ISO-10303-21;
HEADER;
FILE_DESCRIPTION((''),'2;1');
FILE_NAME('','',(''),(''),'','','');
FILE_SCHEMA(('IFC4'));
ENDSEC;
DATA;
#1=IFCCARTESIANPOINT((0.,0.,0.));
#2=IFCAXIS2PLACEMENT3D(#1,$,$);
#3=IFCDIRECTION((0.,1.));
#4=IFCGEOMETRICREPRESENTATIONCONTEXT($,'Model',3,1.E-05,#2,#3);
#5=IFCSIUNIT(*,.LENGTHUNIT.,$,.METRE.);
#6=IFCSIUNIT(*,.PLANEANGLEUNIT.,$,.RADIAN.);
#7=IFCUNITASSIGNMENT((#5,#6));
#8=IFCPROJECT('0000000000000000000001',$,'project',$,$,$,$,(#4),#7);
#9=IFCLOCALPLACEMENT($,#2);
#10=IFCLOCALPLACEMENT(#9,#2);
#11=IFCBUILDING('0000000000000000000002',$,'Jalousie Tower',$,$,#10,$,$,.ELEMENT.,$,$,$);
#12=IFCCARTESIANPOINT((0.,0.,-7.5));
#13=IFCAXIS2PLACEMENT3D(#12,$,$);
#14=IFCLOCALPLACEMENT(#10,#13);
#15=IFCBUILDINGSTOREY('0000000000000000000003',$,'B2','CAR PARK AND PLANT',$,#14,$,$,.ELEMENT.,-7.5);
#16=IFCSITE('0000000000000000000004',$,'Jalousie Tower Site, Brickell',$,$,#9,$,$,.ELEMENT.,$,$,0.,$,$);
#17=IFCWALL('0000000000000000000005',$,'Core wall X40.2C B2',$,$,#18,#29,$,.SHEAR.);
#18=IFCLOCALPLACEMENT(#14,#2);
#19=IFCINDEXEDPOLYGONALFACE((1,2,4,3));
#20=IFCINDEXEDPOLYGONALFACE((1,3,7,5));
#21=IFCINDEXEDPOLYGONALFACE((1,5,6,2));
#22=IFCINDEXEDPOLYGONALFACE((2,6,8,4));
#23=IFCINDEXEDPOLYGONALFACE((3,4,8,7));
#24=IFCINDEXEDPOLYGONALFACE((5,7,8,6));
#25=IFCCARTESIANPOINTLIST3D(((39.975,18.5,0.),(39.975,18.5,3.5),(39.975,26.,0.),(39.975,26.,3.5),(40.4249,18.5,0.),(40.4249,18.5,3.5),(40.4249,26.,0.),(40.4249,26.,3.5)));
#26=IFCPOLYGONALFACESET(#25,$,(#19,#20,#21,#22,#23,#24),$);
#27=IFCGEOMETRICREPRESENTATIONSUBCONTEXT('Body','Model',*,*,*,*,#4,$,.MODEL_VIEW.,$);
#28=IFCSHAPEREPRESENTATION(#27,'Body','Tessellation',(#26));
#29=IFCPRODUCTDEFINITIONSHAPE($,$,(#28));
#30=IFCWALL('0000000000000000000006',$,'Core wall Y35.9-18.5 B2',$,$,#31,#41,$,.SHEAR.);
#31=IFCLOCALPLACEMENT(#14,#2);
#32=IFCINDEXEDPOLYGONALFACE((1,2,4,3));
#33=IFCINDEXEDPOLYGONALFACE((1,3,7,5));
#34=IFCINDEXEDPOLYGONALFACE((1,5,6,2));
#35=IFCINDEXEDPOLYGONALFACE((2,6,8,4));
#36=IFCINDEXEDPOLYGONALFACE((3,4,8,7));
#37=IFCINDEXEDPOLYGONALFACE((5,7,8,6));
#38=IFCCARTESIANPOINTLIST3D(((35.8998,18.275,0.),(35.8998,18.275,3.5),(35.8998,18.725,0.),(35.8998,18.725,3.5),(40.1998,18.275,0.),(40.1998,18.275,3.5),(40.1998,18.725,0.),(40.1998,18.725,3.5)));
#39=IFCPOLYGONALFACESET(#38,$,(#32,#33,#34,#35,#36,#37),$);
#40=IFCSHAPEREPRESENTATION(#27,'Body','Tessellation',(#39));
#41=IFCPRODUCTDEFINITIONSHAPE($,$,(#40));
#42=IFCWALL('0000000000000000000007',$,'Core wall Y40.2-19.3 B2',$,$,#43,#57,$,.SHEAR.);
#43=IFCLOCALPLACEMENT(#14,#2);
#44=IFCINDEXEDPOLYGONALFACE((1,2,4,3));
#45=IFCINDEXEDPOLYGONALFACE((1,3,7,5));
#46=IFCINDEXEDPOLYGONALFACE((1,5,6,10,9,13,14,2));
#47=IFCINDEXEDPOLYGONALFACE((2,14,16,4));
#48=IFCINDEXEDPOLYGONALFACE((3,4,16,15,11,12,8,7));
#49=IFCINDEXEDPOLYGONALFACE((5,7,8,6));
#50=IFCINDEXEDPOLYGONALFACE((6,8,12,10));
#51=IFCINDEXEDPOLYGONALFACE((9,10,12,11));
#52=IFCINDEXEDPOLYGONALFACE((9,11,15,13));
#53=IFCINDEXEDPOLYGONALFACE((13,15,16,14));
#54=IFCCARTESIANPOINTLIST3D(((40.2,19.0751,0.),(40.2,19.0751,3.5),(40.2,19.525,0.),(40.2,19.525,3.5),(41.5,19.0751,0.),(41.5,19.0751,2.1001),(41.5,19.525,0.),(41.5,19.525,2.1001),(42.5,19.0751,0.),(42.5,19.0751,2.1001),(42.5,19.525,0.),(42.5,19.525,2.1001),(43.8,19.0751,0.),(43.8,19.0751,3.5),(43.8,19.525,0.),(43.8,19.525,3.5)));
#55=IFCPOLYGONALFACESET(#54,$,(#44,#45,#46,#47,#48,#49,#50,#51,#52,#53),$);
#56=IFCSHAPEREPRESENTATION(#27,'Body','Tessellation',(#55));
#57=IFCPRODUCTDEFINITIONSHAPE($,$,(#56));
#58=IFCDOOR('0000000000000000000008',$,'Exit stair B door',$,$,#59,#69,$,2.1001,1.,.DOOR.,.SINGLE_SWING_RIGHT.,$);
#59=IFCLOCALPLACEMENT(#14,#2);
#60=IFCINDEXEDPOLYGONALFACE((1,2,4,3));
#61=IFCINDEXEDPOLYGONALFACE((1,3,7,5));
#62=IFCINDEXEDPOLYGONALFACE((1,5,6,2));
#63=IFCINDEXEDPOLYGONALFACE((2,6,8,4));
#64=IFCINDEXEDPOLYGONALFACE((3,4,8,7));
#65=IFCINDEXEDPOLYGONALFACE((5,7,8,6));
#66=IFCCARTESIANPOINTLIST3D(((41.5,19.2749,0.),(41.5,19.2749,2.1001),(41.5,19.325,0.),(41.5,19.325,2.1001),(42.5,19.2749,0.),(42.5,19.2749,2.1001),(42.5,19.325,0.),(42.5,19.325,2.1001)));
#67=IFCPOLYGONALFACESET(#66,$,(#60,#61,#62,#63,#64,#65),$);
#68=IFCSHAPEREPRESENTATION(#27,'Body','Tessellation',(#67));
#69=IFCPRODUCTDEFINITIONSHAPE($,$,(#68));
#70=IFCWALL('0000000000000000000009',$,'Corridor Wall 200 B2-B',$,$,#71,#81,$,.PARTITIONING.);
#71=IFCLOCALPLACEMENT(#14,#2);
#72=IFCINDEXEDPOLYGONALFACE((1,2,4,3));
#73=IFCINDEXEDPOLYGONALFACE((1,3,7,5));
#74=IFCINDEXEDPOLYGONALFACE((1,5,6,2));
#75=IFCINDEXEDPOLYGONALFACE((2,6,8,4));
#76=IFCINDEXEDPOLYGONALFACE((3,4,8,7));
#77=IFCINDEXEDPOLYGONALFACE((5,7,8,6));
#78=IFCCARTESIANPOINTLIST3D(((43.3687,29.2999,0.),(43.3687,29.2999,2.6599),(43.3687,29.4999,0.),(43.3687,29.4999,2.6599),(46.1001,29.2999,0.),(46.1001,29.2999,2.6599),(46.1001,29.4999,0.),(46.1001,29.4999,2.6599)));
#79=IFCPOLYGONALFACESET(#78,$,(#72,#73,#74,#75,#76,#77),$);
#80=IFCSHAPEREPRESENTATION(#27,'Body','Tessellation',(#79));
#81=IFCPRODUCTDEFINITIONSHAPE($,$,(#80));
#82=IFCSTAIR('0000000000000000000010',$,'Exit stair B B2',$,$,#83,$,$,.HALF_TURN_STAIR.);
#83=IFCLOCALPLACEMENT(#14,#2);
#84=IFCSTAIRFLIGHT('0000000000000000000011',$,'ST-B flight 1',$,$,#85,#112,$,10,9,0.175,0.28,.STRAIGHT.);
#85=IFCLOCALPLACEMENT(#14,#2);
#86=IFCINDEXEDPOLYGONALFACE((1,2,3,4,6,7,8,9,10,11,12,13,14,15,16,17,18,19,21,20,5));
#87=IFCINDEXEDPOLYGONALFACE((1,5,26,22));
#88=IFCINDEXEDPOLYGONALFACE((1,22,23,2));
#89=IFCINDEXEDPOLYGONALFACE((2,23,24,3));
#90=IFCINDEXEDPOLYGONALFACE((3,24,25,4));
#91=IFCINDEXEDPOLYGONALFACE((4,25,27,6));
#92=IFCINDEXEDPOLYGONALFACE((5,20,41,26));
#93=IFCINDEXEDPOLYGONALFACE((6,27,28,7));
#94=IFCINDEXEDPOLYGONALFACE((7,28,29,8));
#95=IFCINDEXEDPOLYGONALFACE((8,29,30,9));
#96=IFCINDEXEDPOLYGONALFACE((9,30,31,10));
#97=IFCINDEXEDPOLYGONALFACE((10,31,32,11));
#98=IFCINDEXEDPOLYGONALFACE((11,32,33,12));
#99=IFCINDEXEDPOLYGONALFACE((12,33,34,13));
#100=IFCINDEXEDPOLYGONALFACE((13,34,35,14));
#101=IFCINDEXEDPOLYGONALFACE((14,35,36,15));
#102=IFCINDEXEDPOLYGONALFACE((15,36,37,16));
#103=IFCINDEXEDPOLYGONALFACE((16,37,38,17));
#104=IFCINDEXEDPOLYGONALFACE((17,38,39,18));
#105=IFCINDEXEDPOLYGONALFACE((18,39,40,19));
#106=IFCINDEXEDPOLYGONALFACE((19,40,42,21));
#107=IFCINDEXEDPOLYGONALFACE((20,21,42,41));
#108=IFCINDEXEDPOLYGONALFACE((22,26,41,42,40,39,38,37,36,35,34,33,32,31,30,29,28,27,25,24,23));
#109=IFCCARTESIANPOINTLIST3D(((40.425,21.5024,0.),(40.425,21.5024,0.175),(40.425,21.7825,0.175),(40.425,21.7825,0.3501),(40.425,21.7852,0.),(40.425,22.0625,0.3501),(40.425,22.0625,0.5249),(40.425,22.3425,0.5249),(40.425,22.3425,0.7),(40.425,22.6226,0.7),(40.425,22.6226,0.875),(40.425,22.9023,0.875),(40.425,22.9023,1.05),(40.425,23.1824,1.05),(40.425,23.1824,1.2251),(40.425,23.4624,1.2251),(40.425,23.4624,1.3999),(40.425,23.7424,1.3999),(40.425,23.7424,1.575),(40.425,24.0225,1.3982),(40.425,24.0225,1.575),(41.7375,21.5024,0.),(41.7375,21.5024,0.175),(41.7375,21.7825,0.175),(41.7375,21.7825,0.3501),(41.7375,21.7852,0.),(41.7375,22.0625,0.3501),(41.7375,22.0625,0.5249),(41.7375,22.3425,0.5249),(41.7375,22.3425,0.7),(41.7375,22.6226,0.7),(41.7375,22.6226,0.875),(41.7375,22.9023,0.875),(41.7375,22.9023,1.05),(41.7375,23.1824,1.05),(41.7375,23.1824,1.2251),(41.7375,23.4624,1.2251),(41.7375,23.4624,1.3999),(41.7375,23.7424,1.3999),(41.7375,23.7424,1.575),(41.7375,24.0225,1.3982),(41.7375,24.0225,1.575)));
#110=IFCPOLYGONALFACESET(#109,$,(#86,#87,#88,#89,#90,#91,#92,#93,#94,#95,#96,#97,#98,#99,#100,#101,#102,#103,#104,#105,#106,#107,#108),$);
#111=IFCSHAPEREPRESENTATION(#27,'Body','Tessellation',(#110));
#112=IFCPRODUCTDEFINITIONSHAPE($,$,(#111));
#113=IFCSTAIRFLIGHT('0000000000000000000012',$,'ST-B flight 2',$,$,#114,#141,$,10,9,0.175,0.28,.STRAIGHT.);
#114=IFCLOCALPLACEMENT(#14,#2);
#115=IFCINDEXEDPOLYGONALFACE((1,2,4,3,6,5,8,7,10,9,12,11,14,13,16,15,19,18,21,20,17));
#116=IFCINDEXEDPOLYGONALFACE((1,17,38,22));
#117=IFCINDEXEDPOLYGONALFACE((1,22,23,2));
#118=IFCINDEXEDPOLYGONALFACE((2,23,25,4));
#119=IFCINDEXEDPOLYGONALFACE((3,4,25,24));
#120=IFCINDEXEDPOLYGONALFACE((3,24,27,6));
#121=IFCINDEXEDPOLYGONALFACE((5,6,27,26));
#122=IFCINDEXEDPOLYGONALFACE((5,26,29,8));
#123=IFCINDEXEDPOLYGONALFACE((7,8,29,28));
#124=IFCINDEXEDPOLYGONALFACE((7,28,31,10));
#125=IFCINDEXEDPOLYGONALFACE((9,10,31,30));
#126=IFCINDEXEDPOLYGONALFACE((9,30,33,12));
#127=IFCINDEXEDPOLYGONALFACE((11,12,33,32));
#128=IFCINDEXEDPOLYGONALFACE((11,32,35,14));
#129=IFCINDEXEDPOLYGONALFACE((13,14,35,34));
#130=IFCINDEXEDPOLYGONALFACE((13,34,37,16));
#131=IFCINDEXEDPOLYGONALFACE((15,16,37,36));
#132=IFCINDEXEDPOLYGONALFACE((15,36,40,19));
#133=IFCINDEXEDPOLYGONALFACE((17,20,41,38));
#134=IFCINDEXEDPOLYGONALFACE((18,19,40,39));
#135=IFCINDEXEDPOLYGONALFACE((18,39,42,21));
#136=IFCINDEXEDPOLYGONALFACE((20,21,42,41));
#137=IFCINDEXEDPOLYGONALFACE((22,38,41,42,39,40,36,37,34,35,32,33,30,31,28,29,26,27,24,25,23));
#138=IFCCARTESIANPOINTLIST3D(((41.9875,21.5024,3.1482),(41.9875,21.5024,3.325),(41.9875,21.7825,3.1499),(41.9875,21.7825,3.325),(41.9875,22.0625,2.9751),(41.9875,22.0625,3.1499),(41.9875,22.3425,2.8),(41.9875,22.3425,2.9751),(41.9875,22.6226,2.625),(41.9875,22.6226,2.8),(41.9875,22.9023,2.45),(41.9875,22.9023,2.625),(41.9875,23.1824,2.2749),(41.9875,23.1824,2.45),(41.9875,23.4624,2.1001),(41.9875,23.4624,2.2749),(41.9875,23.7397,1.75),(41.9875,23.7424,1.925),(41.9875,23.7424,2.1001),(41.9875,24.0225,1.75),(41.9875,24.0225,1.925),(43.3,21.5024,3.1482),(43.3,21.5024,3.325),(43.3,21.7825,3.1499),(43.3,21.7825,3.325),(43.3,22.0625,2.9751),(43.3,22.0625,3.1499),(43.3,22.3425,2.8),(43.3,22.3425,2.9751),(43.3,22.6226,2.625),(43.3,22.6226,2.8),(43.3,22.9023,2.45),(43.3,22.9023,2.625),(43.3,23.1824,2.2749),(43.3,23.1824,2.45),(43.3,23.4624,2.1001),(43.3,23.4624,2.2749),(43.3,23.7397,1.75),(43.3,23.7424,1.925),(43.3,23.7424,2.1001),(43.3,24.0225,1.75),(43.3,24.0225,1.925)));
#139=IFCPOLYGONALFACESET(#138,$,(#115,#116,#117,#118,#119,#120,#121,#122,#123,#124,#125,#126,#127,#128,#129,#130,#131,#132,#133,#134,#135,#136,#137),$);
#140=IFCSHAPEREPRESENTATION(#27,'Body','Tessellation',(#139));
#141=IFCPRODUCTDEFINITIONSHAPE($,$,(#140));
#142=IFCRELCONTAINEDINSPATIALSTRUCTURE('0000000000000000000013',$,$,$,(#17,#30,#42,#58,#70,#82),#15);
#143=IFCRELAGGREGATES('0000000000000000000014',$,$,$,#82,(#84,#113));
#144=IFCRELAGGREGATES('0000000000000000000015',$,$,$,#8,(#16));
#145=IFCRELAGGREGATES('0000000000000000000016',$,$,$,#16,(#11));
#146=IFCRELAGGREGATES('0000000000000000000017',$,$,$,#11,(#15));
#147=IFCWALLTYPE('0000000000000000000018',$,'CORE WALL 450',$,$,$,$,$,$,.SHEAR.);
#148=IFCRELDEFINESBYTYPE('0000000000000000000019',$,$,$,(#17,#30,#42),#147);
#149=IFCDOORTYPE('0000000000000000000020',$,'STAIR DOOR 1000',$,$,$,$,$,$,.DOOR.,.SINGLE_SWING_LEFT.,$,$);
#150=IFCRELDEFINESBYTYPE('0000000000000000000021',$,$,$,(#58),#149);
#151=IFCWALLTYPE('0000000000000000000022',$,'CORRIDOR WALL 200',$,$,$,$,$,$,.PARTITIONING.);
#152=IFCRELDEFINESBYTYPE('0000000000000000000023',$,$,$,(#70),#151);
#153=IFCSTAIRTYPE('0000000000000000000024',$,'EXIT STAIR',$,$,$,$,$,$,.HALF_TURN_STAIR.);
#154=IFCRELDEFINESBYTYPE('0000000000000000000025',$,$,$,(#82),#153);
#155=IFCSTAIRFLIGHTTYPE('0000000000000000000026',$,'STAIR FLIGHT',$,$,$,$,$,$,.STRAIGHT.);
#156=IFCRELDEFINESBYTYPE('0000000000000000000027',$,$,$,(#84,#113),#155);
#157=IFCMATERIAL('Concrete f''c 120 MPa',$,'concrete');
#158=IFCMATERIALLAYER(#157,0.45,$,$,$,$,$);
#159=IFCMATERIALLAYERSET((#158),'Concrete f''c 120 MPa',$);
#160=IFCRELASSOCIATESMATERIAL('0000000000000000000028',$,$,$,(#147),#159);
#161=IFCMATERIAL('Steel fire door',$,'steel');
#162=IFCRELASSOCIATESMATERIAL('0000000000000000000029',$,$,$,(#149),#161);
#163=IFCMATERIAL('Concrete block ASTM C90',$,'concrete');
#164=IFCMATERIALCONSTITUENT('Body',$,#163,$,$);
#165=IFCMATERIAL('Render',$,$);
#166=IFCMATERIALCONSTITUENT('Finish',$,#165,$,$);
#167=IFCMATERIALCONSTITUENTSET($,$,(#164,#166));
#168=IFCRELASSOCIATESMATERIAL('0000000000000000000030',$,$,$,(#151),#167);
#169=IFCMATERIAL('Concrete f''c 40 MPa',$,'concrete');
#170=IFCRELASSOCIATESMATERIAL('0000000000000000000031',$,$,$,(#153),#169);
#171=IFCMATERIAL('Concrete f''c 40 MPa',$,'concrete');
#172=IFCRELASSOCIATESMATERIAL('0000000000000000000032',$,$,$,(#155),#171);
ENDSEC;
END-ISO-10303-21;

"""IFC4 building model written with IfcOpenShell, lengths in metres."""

from ifc_helpers import new_model, si_unit, direction, frame, frame_2d, origin, place, context, subcontext, project, spatial, polyline, rectangle, outline, extrude, material, layer, layer_set, constituent, constituent_set, type_object, element, fill, aggregate, save


model = new_model("IFC4")

# Units and contexts
model_context = context("Model", 3, precision=1e-05, world=origin(), true_north=direction((0.0, 1.0)))
body_context = subcontext(model_context, "Body", "Model", "MODEL_VIEW")
ifc_project = project(units=[si_unit("LENGTHUNIT", "METRE"), si_unit("PLANEANGLEUNIT", "RADIAN")], contexts=[model_context])

# Site, building, storey
site_placement = place(None, origin())
site = spatial("IfcSite", under=ifc_project, at=site_placement, Name="Jalousie Tower Site, Brickell", CompositionType="ELEMENT", RefElevation=0.0)
building_placement = place(site_placement, origin())
building = spatial("IfcBuilding", under=site, at=building_placement, Name="Jalousie Tower", CompositionType="ELEMENT")
storey_placement = place(building_placement, frame((0.0, 0.0, -7.5)))
storey = spatial("IfcBuildingStorey", under=building, at=storey_placement, Name="B2", Description="CAR PARK AND PLANT", CompositionType="ELEMENT", Elevation=-7.5)

# Walls
ifc_material_1 = material(Name="Concrete f'c 120 MPa", Category="concrete")
ifc_layer_1 = layer(ifc_material_1, 0.45)
ifc_layer_set_1 = layer_set([ifc_layer_1], Name="Concrete f'c 120 MPa")
wall_type_1 = type_object("IfcWallType", Name="CORE WALL 450", PredefinedType="SHEAR", material=ifc_layer_set_1)
wall_1_placement = place(storey_placement, frame((40.2, 18.5, 0.0), z_axis=(0.0, 0.0, 1.0), x_axis=(0.0, 1.0, 0.0)))
element("IfcWall", 1, at=wall_1_placement, inside=storey, type_object=wall_type_1, Name="Core wall X40.2C B2", PredefinedType="SHEAR", context=body_context, shape_type="SweptSolid", body=[
    extrude(rectangle(XDim=7.5, YDim=0.45, at=frame_2d((3.75, 0.0))), origin(), (0.0, 0.0, 1.0), 3.5),
])
wall_2_placement = place(storey_placement, frame((35.8999, 18.5, 0.0), z_axis=(0.0, 0.0, 1.0), x_axis=(1.0, 0.0, 0.0)))
element("IfcWall", 2, at=wall_2_placement, inside=storey, type_object=wall_type_1, Name="Core wall Y35.9-18.5 B2", PredefinedType="SHEAR", context=body_context, shape_type="SweptSolid", body=[
    extrude(rectangle(XDim=4.3, YDim=0.45, at=frame_2d((2.1499, 0.0))), origin(), (0.0, 0.0, 1.0), 3.5),
])

# Wall, opening, door
wall_3_placement = place(storey_placement, frame((40.2, 19.3, 0.0), z_axis=(0.0, 0.0, 1.0), x_axis=(1.0, 0.0, 0.0)))
wall_3 = element("IfcWall", 3, at=wall_3_placement, inside=storey, type_object=wall_type_1, Name="Core wall Y40.2-19.3 B2", PredefinedType="SHEAR", context=body_context, shape_type="SweptSolid", body=[
    extrude(rectangle(XDim=3.6001, YDim=0.45, at=frame_2d((1.8, 0.0))), origin(), (0.0, 0.0, 1.0), 3.5),
])
opening_1_placement = place(wall_3_placement, frame((1.3, 0.0, 0.0)))
opening_1 = element("IfcOpeningElement", 4, at=opening_1_placement, cuts=wall_3, PredefinedType="OPENING", context=body_context, shape_type="SweptSolid", body=[
    extrude(rectangle(XDim=1.0, YDim=2.1001, at=frame_2d((0.5, 1.05))), frame((0.0, 0.2349, 0.0), z_axis=(0.0, -1.0, 0.0), x_axis=(1.0, 0.0, 0.0)), (0.0, 0.0, 1.0), 0.47),
])
ifc_material_2 = material(Name="Steel fire door", Category="steel")
door_type_1 = type_object("IfcDoorType", Name="STAIR DOOR 1000", OperationType="SINGLE_SWING_LEFT", PredefinedType="DOOR", material=ifc_material_2)
door_1_placement = place(opening_1_placement, origin())
door_1 = element("IfcDoor", 5, at=door_1_placement, inside=storey, type_object=door_type_1, Name="Exit stair B door", OperationType="SINGLE_SWING_RIGHT", OverallHeight=2.1001, OverallWidth=1.0, PredefinedType="DOOR", context=body_context, shape_type="SweptSolid", body=[
    extrude(rectangle(XDim=1.0, YDim=2.1001, at=frame_2d((0.5, 1.05))), frame((0.0, 0.0249, 0.0), z_axis=(0.0, -1.0, 0.0), x_axis=(1.0, 0.0, 0.0)), (0.0, 0.0, 1.0), 0.05),
])
fill(opening_1, door_1)

# Wall
ifc_material_3 = material(Name="Concrete block ASTM C90", Category="concrete")
ifc_constituent_1 = constituent(ifc_material_3, Name="Body")
ifc_material_4 = material(Name="Render")
ifc_constituent_2 = constituent(ifc_material_4, Name="Finish")
ifc_constituent_set_1 = constituent_set(constituents=[ifc_constituent_1, ifc_constituent_2])
wall_type_2 = type_object("IfcWallType", Name="CORRIDOR WALL 200", PredefinedType="PARTITIONING", material=ifc_constituent_set_1)
wall_4_placement = place(storey_placement, frame((43.3687, 29.3999, 0.0), z_axis=(0.0, 0.0, 1.0), x_axis=(1.0, 0.0, 0.0)))
element("IfcWall", 6, at=wall_4_placement, inside=storey, type_object=wall_type_2, Name="Corridor Wall 200 B2-B", PredefinedType="PARTITIONING", context=body_context, shape_type="SweptSolid", body=[
    extrude(rectangle(XDim=2.7314, YDim=0.2, at=frame_2d((1.3657, 0.0))), origin(), (0.0, 0.0, 1.0), 2.6599),
])

# Stair, stair flights
ifc_material_5 = material(Name="Concrete f'c 40 MPa", Category="concrete")
stair_type = type_object("IfcStairType", Name="EXIT STAIR", PredefinedType="HALF_TURN_STAIR", material=ifc_material_5)
stair_placement = place(storey_placement, origin())
stair = element("IfcStair", 7, at=stair_placement, inside=storey, type_object=stair_type, Name="Exit stair B B2", PredefinedType="HALF_TURN_STAIR")
ifc_material_6 = material(Name="Concrete f'c 40 MPa", Category="concrete")
stair_flight_type = type_object("IfcStairFlightType", Name="STAIR FLIGHT", PredefinedType="STRAIGHT", material=ifc_material_6)
stair_flight_1_placement = place(storey_placement, frame((41.0813, 21.5024, 0.0), z_axis=(0.0, 0.0, 1.0), x_axis=(0.0, 1.0, 0.0)))
stair_flight_1 = element("IfcStairFlight", 8, at=stair_flight_1_placement, type_object=stair_flight_type, Name="ST-B flight 1", NumberOfRisers=10, NumberOfTreads=9, PredefinedType="STRAIGHT", RiserHeight=0.175, TreadLength=0.28, context=body_context, shape_type="SweptSolid", body=[
    extrude(outline(polyline([(0.0, 0.0), (0.0, 0.175), (0.28, 0.175), (0.28, 0.3501), (0.5601, 0.3501), (0.5601, 0.5249), (0.8401, 0.5249), (0.8401, 0.7), (1.1201, 0.7), (1.1201, 0.875), (1.3999, 0.875), (1.3999, 1.05), (1.6799, 1.05), (1.6799, 1.2251), (1.96, 1.2251), (1.96, 1.3999), (2.24, 1.3999), (2.24, 1.575), (2.52, 1.575), (2.52, 1.75), (2.52, 1.3982), (0.2827, 0.0), (0.0, 0.0)])), frame((0.0, 0.6562, 0.0), z_axis=(0.0, -1.0, 0.0), x_axis=(1.0, 0.0, 0.0)), (0.0, 0.0, 1.0), 1.3125),
])
stair_flight_2_placement = place(storey_placement, frame((42.6438, 24.0225, 1.75), z_axis=(0.0, 0.0, 1.0), x_axis=(0.0, -1.0, 0.0)))
stair_flight_2 = element("IfcStairFlight", 9, at=stair_flight_2_placement, type_object=stair_flight_type, Name="ST-B flight 2", NumberOfRisers=10, NumberOfTreads=9, PredefinedType="STRAIGHT", RiserHeight=0.175, TreadLength=0.28, context=body_context, shape_type="SweptSolid", body=[
    extrude(outline(polyline([(0.0, 0.0), (0.0, 0.175), (0.28, 0.175), (0.28, 0.3501), (0.5601, 0.3501), (0.5601, 0.5249), (0.8401, 0.5249), (0.8401, 0.7), (1.1201, 0.7), (1.1201, 0.875), (1.3999, 0.875), (1.3999, 1.05), (1.6799, 1.05), (1.6799, 1.2251), (1.96, 1.2251), (1.96, 1.3999), (2.24, 1.3999), (2.24, 1.575), (2.52, 1.575), (2.52, 1.75), (2.52, 1.3982), (0.2827, 0.0), (0.0, 0.0)])), frame((0.0, 0.6562, 0.0), z_axis=(0.0, -1.0, 0.0), x_axis=(1.0, 0.0, 0.0)), (0.0, 0.0, 1.0), 1.3125),
])
aggregate(stair, [stair_flight_1, stair_flight_2])

save(model, "model.ifc")
